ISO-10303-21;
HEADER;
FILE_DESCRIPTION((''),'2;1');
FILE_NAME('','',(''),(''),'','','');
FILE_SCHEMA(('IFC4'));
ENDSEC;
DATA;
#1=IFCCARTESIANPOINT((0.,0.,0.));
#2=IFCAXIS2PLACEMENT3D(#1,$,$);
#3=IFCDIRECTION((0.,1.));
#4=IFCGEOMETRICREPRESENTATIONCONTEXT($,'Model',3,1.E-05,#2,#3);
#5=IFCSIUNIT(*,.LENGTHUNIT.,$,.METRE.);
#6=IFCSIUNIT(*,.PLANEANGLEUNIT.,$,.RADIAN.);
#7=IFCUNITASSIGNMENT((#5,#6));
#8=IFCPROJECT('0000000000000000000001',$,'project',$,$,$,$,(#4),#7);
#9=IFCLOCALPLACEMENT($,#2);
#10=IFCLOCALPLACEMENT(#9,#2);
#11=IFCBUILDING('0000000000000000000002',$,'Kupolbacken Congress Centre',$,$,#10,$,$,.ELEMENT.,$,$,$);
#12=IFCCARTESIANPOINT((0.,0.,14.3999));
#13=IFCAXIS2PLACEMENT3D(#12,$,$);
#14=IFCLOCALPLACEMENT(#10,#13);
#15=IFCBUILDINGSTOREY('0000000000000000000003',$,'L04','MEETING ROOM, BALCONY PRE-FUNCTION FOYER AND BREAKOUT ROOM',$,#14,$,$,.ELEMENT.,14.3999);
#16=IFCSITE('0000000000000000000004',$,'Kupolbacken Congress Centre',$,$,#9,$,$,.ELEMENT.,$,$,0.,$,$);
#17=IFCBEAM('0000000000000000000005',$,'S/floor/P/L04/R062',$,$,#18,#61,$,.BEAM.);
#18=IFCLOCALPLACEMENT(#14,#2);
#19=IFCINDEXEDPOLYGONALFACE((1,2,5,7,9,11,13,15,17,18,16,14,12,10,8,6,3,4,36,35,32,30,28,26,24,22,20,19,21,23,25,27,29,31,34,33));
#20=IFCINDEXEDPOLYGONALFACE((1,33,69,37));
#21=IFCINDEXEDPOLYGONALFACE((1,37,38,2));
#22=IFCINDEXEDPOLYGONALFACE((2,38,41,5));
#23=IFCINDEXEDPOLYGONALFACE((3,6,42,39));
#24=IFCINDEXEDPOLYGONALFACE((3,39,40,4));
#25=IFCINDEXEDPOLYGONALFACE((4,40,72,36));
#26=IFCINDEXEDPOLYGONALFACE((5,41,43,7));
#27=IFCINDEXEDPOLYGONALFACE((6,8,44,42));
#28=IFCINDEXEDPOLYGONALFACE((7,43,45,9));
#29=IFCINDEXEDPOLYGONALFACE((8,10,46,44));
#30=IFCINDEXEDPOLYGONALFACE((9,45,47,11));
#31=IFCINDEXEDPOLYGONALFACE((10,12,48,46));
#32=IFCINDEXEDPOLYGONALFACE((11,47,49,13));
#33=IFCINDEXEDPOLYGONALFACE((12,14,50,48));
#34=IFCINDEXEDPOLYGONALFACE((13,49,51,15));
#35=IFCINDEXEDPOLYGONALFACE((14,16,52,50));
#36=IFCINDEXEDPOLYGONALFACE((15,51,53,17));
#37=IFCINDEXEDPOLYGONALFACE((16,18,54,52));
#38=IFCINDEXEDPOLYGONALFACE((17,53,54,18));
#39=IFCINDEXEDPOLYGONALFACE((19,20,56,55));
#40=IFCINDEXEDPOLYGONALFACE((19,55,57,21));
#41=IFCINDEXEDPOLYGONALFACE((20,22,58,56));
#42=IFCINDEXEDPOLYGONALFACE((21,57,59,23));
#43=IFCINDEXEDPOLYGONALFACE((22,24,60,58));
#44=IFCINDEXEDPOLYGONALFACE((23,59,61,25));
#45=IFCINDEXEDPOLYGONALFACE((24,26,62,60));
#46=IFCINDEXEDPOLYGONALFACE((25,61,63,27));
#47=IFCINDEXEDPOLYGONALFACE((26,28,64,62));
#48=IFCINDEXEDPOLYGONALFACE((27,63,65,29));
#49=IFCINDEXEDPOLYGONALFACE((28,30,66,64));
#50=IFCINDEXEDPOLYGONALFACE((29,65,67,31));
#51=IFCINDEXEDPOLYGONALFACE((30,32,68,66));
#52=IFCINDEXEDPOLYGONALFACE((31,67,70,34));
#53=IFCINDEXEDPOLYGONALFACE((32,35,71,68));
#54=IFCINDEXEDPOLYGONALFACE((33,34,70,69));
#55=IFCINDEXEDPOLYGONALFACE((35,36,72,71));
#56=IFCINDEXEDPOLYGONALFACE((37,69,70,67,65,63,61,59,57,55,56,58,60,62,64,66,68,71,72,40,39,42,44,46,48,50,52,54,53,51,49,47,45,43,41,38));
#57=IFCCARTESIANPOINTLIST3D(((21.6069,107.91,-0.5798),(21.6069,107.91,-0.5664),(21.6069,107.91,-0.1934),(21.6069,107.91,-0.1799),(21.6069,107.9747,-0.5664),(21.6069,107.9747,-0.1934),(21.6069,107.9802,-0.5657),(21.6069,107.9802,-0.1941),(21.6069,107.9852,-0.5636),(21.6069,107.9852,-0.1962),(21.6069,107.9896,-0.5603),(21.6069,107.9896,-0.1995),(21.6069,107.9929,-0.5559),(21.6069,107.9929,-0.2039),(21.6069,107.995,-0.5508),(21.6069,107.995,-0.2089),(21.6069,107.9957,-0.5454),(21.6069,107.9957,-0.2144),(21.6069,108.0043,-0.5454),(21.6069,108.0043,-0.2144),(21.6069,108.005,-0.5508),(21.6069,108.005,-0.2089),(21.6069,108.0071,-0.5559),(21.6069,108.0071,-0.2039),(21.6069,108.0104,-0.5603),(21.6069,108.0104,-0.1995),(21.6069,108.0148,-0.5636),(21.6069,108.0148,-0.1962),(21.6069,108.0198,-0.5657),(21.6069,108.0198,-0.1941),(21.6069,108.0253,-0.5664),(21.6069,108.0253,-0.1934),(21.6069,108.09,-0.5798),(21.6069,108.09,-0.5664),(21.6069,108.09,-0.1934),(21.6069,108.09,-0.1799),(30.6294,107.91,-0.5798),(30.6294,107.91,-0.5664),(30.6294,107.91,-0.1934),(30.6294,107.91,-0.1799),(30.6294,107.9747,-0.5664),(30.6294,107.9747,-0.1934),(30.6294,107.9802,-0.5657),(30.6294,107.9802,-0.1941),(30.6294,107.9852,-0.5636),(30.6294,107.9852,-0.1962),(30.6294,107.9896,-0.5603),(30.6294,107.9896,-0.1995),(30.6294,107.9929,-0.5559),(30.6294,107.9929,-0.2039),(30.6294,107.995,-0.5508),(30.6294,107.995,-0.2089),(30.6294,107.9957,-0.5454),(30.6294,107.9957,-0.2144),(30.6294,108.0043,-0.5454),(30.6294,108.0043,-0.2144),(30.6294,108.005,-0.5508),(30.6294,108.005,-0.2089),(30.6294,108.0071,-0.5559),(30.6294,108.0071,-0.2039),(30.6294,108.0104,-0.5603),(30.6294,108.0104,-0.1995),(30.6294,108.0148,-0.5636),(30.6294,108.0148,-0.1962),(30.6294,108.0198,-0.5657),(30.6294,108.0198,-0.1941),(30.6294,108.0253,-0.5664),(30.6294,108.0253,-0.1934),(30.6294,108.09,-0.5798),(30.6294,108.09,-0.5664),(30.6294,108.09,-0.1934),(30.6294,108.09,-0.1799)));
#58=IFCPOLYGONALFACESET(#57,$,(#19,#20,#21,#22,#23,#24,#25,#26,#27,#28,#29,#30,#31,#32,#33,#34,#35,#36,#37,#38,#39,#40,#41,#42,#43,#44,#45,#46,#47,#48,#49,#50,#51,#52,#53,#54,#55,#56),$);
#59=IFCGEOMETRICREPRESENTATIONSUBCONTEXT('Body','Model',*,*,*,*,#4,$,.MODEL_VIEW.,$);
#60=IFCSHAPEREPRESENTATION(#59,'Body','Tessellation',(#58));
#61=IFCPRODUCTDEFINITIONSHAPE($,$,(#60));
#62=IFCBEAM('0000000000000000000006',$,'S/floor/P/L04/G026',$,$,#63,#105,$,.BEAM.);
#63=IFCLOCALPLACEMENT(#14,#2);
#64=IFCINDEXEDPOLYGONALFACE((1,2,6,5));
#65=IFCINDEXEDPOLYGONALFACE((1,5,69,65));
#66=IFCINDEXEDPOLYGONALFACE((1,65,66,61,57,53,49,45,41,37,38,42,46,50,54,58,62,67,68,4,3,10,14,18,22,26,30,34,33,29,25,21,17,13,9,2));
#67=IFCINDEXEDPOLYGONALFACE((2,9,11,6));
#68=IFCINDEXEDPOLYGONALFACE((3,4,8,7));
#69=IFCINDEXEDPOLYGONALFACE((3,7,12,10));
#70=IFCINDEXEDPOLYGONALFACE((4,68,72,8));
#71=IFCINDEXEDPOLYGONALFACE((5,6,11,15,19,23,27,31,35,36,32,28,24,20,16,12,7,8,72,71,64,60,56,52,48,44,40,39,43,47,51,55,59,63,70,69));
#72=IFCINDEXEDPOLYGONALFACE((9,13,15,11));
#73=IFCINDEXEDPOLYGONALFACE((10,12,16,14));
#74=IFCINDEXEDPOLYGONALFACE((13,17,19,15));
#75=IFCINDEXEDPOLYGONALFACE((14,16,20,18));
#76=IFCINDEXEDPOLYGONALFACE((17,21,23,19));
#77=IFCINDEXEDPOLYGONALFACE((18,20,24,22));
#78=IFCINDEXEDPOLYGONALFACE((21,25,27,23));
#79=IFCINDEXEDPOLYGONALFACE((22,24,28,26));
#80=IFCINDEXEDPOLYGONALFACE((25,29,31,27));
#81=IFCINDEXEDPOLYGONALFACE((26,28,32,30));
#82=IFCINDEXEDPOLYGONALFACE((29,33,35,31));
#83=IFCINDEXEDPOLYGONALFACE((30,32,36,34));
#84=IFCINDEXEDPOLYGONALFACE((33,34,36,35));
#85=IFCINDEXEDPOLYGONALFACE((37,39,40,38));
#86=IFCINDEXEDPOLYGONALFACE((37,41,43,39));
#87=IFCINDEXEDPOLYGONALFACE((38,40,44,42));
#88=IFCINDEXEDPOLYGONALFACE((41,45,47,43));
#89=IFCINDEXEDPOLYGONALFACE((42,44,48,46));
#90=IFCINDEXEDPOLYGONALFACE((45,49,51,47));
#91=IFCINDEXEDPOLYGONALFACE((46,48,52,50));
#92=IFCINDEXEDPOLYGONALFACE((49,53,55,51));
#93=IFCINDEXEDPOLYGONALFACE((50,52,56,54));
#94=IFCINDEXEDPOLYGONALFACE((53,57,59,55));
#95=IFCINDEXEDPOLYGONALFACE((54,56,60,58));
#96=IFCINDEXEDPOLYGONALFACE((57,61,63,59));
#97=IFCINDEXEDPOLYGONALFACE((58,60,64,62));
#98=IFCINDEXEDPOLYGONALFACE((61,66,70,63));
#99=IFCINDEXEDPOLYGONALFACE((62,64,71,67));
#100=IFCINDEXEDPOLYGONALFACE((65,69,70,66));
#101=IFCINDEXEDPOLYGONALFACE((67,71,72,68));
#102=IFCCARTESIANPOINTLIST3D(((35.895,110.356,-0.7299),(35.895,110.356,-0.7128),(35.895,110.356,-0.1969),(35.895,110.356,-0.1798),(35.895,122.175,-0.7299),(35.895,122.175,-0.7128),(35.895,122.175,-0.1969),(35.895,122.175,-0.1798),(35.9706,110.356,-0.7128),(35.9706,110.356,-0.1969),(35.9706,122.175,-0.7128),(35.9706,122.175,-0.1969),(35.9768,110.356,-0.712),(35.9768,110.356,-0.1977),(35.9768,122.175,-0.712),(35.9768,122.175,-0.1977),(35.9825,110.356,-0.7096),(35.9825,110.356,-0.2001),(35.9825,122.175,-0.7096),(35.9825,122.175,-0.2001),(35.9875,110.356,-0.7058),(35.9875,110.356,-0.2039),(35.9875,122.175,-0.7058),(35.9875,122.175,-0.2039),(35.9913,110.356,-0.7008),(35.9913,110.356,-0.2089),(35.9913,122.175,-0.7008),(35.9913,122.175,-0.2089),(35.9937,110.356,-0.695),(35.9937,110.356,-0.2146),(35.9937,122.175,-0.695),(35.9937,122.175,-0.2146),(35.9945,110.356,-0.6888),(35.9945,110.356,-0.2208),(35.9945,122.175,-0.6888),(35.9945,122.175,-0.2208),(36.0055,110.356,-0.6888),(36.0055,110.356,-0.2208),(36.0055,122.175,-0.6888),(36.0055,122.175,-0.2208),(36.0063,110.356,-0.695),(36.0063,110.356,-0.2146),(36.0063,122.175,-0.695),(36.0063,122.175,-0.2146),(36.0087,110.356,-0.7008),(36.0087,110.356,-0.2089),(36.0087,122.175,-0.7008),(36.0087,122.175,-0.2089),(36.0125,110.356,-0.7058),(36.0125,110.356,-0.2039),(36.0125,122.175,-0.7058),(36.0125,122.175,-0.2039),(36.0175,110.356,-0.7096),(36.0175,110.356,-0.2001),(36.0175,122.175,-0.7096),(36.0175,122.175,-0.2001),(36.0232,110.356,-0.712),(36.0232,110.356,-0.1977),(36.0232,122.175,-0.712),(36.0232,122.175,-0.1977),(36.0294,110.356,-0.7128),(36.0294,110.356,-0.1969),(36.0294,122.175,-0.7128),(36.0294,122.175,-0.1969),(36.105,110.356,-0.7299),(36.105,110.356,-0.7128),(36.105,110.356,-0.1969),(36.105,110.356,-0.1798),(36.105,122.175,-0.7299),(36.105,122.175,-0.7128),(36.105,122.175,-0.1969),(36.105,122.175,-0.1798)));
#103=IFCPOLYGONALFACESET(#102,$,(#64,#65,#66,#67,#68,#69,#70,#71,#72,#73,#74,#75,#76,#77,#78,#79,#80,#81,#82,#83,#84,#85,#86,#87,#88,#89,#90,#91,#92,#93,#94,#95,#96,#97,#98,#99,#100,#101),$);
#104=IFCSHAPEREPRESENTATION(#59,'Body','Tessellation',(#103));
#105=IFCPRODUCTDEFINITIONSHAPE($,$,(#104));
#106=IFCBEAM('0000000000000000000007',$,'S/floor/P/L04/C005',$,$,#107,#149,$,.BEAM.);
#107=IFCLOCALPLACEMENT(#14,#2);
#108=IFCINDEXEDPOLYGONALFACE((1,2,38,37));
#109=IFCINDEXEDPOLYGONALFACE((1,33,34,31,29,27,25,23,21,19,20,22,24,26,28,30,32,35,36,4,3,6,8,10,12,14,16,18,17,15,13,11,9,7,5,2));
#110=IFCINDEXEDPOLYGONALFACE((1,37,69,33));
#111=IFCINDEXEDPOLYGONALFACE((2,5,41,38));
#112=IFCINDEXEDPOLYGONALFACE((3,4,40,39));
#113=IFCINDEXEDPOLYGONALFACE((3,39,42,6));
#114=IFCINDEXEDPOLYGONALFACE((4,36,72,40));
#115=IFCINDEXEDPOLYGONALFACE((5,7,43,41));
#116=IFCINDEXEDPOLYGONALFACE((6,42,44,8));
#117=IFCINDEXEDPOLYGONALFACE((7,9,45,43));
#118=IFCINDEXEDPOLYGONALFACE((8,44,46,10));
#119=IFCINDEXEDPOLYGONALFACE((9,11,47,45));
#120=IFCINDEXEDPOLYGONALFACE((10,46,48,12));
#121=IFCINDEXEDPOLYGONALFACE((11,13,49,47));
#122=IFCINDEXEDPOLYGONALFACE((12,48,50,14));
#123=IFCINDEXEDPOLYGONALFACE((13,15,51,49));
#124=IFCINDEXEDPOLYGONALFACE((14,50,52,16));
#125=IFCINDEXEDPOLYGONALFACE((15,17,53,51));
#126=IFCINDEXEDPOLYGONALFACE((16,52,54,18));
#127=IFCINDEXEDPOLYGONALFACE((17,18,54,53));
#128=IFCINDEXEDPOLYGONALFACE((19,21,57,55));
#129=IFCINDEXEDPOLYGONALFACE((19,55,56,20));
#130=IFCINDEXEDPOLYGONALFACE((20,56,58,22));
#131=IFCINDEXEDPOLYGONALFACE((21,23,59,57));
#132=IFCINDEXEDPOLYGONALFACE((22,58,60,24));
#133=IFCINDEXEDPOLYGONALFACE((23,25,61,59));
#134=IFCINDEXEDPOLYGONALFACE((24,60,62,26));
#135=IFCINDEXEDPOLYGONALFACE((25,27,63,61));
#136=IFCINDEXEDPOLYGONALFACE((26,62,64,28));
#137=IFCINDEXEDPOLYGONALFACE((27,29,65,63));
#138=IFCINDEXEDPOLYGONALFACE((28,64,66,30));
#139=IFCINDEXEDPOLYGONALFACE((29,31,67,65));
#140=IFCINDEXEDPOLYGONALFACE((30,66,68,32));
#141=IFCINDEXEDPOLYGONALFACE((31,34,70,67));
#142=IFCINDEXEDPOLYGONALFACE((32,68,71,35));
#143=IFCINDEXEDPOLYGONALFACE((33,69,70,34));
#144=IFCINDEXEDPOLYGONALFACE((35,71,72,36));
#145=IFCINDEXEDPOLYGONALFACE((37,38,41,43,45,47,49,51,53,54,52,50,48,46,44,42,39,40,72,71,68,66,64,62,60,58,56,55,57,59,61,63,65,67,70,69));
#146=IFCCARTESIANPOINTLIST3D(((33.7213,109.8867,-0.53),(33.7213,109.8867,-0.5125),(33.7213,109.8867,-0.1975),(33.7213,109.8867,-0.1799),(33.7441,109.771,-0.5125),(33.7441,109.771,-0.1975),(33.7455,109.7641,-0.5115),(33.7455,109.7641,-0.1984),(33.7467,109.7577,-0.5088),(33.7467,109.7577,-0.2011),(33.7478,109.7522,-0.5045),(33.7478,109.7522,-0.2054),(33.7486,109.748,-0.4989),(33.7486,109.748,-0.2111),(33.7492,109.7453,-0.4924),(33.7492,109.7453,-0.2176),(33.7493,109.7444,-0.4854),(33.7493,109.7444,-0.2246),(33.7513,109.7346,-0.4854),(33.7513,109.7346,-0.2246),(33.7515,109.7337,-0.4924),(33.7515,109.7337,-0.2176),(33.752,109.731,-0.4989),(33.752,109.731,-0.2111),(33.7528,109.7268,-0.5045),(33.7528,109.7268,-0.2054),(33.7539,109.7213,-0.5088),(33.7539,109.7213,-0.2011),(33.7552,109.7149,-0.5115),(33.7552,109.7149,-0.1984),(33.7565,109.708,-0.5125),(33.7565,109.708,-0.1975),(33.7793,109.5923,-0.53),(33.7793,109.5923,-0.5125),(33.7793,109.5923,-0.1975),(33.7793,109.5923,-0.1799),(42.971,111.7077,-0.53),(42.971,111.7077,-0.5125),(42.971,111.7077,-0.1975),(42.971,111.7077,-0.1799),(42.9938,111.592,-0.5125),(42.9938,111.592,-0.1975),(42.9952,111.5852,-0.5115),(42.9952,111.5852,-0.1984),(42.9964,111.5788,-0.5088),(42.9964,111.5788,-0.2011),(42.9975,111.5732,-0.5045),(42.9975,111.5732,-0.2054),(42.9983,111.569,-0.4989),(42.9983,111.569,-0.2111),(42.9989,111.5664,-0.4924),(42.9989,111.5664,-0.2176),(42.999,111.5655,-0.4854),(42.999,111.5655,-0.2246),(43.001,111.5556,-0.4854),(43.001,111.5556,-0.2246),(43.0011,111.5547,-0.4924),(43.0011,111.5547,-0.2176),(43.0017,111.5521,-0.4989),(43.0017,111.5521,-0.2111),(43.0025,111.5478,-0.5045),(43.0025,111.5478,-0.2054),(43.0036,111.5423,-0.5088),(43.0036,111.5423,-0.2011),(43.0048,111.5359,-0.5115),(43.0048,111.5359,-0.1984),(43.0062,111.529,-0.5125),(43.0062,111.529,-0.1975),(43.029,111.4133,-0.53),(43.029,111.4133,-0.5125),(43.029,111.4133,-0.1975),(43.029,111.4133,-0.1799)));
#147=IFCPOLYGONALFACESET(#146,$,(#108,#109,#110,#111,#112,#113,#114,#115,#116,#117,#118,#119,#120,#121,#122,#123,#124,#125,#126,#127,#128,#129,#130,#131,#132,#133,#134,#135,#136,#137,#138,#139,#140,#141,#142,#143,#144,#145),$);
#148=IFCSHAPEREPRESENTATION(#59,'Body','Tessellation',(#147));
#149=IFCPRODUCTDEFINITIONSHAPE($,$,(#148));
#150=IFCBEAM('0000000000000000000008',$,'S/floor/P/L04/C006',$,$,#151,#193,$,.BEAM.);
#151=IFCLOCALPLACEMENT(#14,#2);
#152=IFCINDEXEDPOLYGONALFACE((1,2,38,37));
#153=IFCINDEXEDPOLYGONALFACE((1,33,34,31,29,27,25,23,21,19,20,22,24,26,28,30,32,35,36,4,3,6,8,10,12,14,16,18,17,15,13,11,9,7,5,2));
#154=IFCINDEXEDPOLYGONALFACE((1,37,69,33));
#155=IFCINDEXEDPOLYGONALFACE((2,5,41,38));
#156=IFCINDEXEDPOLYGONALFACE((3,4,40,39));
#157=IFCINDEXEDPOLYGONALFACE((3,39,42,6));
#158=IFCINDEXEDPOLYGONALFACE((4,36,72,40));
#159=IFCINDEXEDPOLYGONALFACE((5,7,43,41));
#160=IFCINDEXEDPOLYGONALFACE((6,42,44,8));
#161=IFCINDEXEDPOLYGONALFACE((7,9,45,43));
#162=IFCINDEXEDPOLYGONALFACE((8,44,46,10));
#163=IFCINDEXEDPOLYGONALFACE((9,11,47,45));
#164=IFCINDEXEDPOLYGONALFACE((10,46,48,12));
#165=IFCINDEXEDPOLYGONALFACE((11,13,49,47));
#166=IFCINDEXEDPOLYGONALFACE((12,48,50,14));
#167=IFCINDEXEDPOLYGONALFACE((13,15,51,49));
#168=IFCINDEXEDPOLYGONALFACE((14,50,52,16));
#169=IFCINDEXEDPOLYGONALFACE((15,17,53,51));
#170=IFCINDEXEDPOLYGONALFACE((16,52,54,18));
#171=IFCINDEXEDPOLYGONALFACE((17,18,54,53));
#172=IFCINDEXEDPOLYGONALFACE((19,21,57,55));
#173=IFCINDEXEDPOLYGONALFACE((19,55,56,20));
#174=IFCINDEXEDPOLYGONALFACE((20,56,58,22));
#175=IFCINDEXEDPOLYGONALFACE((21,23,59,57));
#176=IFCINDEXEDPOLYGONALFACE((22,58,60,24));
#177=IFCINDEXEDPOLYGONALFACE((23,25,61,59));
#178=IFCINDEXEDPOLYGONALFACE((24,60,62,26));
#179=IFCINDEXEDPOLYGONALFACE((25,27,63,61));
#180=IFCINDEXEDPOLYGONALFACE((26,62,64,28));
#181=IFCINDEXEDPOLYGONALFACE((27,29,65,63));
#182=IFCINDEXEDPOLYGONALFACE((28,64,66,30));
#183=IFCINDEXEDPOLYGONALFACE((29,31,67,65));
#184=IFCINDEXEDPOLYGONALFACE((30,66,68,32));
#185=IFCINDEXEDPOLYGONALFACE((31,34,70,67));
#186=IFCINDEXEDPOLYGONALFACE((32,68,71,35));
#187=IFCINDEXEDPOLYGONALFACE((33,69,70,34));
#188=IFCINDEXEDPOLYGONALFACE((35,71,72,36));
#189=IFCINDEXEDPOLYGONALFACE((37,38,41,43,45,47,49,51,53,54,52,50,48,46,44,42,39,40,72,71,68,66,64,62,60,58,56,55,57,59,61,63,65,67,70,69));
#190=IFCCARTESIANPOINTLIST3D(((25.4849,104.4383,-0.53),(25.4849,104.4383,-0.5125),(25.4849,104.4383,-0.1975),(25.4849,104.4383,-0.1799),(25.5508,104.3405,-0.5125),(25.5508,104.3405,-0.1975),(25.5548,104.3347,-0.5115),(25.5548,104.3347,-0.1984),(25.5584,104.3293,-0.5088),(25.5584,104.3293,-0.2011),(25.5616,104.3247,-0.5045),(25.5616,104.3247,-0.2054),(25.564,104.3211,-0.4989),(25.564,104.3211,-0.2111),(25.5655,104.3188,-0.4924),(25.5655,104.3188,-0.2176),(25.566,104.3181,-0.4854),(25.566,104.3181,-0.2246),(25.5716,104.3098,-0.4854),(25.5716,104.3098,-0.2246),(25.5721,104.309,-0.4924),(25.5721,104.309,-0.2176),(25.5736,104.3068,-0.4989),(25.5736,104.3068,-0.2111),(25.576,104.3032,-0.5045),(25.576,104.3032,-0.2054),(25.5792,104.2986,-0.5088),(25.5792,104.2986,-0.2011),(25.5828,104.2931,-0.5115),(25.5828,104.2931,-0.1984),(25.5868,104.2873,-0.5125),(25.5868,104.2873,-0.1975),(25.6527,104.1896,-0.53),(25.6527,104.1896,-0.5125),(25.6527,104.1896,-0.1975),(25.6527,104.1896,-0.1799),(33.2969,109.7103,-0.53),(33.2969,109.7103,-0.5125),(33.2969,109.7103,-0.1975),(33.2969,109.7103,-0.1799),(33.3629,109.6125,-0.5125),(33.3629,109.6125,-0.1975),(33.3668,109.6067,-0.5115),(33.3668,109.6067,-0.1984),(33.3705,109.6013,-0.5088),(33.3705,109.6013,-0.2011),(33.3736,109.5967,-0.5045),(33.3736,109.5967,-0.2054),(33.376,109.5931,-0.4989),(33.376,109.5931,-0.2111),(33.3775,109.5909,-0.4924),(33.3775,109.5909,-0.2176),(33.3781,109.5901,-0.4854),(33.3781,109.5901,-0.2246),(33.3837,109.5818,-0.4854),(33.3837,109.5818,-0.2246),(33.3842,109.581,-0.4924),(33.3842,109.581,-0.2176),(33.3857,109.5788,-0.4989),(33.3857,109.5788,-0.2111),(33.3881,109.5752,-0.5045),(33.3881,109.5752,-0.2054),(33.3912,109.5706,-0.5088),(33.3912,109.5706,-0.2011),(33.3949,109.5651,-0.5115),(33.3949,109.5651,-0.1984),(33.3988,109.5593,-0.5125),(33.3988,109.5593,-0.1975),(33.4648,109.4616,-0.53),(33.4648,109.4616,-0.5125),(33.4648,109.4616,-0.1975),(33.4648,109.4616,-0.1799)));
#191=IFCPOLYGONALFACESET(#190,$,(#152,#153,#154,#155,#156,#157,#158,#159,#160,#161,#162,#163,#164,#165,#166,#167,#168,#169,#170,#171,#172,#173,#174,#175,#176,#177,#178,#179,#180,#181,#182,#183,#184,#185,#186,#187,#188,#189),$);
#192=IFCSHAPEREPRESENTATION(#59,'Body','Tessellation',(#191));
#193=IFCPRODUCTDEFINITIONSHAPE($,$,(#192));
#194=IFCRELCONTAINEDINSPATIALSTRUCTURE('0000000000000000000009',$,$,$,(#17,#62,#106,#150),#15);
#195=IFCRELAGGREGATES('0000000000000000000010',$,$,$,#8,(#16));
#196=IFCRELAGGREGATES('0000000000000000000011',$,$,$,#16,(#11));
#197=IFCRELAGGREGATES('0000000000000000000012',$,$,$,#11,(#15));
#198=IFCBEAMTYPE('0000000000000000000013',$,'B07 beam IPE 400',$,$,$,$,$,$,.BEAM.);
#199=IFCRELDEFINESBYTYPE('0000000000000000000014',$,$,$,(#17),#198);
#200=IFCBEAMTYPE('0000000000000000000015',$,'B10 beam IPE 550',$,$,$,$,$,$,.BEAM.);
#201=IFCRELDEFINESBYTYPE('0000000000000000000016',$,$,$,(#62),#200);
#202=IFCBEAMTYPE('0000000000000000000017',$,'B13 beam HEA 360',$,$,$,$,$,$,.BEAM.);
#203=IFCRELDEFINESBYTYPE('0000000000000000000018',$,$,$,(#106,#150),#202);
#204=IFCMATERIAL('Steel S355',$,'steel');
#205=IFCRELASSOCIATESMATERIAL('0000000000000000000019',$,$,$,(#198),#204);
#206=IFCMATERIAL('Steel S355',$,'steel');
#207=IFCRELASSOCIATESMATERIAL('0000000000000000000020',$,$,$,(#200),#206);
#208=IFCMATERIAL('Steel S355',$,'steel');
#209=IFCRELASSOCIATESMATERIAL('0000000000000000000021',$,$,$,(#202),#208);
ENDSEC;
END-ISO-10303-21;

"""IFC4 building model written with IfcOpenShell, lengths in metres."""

from ifc_helpers import new_model, si_unit, direction, frame, origin, origin_2d, place, context, subcontext, project, spatial, i_section, extrude, material, material_profile, profile_set, type_object, element, save


model = new_model("IFC4")

# Units and contexts
model_context = context("Model", 3, precision=1e-05, world=origin(), true_north=direction((0.0, 1.0)))
body_context = subcontext(model_context, "Body", "Model", "MODEL_VIEW")
ifc_project = project(units=[si_unit("LENGTHUNIT", "METRE"), si_unit("PLANEANGLEUNIT", "RADIAN")], contexts=[model_context])

# Site, building, storey
site_placement = place(None, origin())
site = spatial("IfcSite", under=ifc_project, at=site_placement, Name="Kupolbacken Congress Centre", CompositionType="ELEMENT", RefElevation=0.0)
building_placement = place(site_placement, origin())
building = spatial("IfcBuilding", under=site, at=building_placement, Name="Kupolbacken Congress Centre", CompositionType="ELEMENT")
storey_placement = place(building_placement, frame((0.0, 0.0, 14.3999)))
storey = spatial("IfcBuildingStorey", under=building, at=storey_placement, Name="L04", Description="MEETING ROOM, BALCONY PRE-FUNCTION FOYER AND BREAKOUT ROOM", CompositionType="ELEMENT", Elevation=14.3999)

# Beams
ifc_material_1 = material(Name="Steel S355", Category="steel")
ifc_material_profile_1 = material_profile(ifc_material_1, i_section(OverallWidth=0.1799, OverallDepth=0.3999, WebThickness=0.0085, FlangeThickness=0.0134, FilletRadius=0.021, at=origin_2d()), Name="IPE 400")
ifc_profile_set_1 = profile_set([ifc_material_profile_1], Name="Steel S355")
beam_type_1 = type_object("IfcBeamType", Name="B07 beam IPE 400", PredefinedType="BEAM", material=ifc_profile_set_1)
beam_1_placement = place(storey_placement, frame((21.6069, 108.0, -0.3799), z_axis=(1.0, 0.0, 0.0), x_axis=(0.0, 1.0, 0.0)))
element("IfcBeam", 1, at=beam_1_placement, inside=storey, type_object=beam_type_1, Name="S/floor/P/L04/R062", PredefinedType="BEAM", context=body_context, shape_type="SweptSolid", body=[
    extrude(i_section(OverallWidth=0.1799, OverallDepth=0.3999, WebThickness=0.0085, FlangeThickness=0.0134, FilletRadius=0.021, at=origin_2d()), origin(), (0.0, 0.0, 1.0), 9.0225),
])
ifc_material_2 = material(Name="Steel S355", Category="steel")
ifc_material_profile_2 = material_profile(ifc_material_2, i_section(OverallWidth=0.21, OverallDepth=0.55, WebThickness=0.011, FlangeThickness=0.0171, FilletRadius=0.0239, at=origin_2d()), Name="IPE 550")
ifc_profile_set_2 = profile_set([ifc_material_profile_2], Name="Steel S355")
beam_type_2 = type_object("IfcBeamType", Name="B10 beam IPE 550", PredefinedType="BEAM", material=ifc_profile_set_2)
beam_2_placement = place(storey_placement, frame((36.0, 110.356, -0.4548), z_axis=(0.0, 1.0, 0.0), x_axis=(-1.0, 0.0, 0.0)))
element("IfcBeam", 2, at=beam_2_placement, inside=storey, type_object=beam_type_2, Name="S/floor/P/L04/G026", PredefinedType="BEAM", context=body_context, shape_type="SweptSolid", body=[
    extrude(i_section(OverallWidth=0.21, OverallDepth=0.55, WebThickness=0.011, FlangeThickness=0.0171, FilletRadius=0.0239, at=origin_2d()), origin(), (0.0, 0.0, 1.0), 11.8191),
])
ifc_material_3 = material(Name="Steel S355", Category="steel")
ifc_material_profile_3 = material_profile(ifc_material_3, i_section(OverallWidth=0.3, OverallDepth=0.3501, WebThickness=0.01, FlangeThickness=0.0176, FilletRadius=0.0271, at=origin_2d()), Name="HEA 360")
ifc_profile_set_3 = profile_set([ifc_material_profile_3], Name="Steel S355")
beam_type_3 = type_object("IfcBeamType", Name="B13 beam HEA 360", PredefinedType="BEAM", material=ifc_profile_set_3)
beam_3_placement = place(storey_placement, frame((43.0, 111.5605, -0.355), z_axis=(-0.981166, -0.193167, 0.0), x_axis=(0.193167, -0.981166, 0.0)))
element("IfcBeam", 3, at=beam_3_placement, inside=storey, type_object=beam_type_3, Name="S/floor/P/L04/C005", PredefinedType="BEAM", context=body_context, shape_type="SweptSolid", body=[
    extrude(i_section(OverallWidth=0.3, OverallDepth=0.3501, WebThickness=0.01, FlangeThickness=0.0176, FilletRadius=0.0271, at=origin_2d()), origin(), (0.0, 0.0, 1.0), 9.4272),
])
beam_4_placement = place(storey_placement, frame((33.3809, 109.5859, -0.355), z_axis=(-0.828905, -0.55939, 0.0), x_axis=(0.55939, -0.828905, 0.0)))
element("IfcBeam", 4, at=beam_4_placement, inside=storey, type_object=beam_type_3, Name="S/floor/P/L04/C006", PredefinedType="BEAM", context=body_context, shape_type="SweptSolid", body=[
    extrude(i_section(OverallWidth=0.3, OverallDepth=0.3501, WebThickness=0.01, FlangeThickness=0.0176, FilletRadius=0.0271, at=origin_2d()), origin(), (0.0, 0.0, 1.0), 9.4246),
])

save(model, "model.ifc")
